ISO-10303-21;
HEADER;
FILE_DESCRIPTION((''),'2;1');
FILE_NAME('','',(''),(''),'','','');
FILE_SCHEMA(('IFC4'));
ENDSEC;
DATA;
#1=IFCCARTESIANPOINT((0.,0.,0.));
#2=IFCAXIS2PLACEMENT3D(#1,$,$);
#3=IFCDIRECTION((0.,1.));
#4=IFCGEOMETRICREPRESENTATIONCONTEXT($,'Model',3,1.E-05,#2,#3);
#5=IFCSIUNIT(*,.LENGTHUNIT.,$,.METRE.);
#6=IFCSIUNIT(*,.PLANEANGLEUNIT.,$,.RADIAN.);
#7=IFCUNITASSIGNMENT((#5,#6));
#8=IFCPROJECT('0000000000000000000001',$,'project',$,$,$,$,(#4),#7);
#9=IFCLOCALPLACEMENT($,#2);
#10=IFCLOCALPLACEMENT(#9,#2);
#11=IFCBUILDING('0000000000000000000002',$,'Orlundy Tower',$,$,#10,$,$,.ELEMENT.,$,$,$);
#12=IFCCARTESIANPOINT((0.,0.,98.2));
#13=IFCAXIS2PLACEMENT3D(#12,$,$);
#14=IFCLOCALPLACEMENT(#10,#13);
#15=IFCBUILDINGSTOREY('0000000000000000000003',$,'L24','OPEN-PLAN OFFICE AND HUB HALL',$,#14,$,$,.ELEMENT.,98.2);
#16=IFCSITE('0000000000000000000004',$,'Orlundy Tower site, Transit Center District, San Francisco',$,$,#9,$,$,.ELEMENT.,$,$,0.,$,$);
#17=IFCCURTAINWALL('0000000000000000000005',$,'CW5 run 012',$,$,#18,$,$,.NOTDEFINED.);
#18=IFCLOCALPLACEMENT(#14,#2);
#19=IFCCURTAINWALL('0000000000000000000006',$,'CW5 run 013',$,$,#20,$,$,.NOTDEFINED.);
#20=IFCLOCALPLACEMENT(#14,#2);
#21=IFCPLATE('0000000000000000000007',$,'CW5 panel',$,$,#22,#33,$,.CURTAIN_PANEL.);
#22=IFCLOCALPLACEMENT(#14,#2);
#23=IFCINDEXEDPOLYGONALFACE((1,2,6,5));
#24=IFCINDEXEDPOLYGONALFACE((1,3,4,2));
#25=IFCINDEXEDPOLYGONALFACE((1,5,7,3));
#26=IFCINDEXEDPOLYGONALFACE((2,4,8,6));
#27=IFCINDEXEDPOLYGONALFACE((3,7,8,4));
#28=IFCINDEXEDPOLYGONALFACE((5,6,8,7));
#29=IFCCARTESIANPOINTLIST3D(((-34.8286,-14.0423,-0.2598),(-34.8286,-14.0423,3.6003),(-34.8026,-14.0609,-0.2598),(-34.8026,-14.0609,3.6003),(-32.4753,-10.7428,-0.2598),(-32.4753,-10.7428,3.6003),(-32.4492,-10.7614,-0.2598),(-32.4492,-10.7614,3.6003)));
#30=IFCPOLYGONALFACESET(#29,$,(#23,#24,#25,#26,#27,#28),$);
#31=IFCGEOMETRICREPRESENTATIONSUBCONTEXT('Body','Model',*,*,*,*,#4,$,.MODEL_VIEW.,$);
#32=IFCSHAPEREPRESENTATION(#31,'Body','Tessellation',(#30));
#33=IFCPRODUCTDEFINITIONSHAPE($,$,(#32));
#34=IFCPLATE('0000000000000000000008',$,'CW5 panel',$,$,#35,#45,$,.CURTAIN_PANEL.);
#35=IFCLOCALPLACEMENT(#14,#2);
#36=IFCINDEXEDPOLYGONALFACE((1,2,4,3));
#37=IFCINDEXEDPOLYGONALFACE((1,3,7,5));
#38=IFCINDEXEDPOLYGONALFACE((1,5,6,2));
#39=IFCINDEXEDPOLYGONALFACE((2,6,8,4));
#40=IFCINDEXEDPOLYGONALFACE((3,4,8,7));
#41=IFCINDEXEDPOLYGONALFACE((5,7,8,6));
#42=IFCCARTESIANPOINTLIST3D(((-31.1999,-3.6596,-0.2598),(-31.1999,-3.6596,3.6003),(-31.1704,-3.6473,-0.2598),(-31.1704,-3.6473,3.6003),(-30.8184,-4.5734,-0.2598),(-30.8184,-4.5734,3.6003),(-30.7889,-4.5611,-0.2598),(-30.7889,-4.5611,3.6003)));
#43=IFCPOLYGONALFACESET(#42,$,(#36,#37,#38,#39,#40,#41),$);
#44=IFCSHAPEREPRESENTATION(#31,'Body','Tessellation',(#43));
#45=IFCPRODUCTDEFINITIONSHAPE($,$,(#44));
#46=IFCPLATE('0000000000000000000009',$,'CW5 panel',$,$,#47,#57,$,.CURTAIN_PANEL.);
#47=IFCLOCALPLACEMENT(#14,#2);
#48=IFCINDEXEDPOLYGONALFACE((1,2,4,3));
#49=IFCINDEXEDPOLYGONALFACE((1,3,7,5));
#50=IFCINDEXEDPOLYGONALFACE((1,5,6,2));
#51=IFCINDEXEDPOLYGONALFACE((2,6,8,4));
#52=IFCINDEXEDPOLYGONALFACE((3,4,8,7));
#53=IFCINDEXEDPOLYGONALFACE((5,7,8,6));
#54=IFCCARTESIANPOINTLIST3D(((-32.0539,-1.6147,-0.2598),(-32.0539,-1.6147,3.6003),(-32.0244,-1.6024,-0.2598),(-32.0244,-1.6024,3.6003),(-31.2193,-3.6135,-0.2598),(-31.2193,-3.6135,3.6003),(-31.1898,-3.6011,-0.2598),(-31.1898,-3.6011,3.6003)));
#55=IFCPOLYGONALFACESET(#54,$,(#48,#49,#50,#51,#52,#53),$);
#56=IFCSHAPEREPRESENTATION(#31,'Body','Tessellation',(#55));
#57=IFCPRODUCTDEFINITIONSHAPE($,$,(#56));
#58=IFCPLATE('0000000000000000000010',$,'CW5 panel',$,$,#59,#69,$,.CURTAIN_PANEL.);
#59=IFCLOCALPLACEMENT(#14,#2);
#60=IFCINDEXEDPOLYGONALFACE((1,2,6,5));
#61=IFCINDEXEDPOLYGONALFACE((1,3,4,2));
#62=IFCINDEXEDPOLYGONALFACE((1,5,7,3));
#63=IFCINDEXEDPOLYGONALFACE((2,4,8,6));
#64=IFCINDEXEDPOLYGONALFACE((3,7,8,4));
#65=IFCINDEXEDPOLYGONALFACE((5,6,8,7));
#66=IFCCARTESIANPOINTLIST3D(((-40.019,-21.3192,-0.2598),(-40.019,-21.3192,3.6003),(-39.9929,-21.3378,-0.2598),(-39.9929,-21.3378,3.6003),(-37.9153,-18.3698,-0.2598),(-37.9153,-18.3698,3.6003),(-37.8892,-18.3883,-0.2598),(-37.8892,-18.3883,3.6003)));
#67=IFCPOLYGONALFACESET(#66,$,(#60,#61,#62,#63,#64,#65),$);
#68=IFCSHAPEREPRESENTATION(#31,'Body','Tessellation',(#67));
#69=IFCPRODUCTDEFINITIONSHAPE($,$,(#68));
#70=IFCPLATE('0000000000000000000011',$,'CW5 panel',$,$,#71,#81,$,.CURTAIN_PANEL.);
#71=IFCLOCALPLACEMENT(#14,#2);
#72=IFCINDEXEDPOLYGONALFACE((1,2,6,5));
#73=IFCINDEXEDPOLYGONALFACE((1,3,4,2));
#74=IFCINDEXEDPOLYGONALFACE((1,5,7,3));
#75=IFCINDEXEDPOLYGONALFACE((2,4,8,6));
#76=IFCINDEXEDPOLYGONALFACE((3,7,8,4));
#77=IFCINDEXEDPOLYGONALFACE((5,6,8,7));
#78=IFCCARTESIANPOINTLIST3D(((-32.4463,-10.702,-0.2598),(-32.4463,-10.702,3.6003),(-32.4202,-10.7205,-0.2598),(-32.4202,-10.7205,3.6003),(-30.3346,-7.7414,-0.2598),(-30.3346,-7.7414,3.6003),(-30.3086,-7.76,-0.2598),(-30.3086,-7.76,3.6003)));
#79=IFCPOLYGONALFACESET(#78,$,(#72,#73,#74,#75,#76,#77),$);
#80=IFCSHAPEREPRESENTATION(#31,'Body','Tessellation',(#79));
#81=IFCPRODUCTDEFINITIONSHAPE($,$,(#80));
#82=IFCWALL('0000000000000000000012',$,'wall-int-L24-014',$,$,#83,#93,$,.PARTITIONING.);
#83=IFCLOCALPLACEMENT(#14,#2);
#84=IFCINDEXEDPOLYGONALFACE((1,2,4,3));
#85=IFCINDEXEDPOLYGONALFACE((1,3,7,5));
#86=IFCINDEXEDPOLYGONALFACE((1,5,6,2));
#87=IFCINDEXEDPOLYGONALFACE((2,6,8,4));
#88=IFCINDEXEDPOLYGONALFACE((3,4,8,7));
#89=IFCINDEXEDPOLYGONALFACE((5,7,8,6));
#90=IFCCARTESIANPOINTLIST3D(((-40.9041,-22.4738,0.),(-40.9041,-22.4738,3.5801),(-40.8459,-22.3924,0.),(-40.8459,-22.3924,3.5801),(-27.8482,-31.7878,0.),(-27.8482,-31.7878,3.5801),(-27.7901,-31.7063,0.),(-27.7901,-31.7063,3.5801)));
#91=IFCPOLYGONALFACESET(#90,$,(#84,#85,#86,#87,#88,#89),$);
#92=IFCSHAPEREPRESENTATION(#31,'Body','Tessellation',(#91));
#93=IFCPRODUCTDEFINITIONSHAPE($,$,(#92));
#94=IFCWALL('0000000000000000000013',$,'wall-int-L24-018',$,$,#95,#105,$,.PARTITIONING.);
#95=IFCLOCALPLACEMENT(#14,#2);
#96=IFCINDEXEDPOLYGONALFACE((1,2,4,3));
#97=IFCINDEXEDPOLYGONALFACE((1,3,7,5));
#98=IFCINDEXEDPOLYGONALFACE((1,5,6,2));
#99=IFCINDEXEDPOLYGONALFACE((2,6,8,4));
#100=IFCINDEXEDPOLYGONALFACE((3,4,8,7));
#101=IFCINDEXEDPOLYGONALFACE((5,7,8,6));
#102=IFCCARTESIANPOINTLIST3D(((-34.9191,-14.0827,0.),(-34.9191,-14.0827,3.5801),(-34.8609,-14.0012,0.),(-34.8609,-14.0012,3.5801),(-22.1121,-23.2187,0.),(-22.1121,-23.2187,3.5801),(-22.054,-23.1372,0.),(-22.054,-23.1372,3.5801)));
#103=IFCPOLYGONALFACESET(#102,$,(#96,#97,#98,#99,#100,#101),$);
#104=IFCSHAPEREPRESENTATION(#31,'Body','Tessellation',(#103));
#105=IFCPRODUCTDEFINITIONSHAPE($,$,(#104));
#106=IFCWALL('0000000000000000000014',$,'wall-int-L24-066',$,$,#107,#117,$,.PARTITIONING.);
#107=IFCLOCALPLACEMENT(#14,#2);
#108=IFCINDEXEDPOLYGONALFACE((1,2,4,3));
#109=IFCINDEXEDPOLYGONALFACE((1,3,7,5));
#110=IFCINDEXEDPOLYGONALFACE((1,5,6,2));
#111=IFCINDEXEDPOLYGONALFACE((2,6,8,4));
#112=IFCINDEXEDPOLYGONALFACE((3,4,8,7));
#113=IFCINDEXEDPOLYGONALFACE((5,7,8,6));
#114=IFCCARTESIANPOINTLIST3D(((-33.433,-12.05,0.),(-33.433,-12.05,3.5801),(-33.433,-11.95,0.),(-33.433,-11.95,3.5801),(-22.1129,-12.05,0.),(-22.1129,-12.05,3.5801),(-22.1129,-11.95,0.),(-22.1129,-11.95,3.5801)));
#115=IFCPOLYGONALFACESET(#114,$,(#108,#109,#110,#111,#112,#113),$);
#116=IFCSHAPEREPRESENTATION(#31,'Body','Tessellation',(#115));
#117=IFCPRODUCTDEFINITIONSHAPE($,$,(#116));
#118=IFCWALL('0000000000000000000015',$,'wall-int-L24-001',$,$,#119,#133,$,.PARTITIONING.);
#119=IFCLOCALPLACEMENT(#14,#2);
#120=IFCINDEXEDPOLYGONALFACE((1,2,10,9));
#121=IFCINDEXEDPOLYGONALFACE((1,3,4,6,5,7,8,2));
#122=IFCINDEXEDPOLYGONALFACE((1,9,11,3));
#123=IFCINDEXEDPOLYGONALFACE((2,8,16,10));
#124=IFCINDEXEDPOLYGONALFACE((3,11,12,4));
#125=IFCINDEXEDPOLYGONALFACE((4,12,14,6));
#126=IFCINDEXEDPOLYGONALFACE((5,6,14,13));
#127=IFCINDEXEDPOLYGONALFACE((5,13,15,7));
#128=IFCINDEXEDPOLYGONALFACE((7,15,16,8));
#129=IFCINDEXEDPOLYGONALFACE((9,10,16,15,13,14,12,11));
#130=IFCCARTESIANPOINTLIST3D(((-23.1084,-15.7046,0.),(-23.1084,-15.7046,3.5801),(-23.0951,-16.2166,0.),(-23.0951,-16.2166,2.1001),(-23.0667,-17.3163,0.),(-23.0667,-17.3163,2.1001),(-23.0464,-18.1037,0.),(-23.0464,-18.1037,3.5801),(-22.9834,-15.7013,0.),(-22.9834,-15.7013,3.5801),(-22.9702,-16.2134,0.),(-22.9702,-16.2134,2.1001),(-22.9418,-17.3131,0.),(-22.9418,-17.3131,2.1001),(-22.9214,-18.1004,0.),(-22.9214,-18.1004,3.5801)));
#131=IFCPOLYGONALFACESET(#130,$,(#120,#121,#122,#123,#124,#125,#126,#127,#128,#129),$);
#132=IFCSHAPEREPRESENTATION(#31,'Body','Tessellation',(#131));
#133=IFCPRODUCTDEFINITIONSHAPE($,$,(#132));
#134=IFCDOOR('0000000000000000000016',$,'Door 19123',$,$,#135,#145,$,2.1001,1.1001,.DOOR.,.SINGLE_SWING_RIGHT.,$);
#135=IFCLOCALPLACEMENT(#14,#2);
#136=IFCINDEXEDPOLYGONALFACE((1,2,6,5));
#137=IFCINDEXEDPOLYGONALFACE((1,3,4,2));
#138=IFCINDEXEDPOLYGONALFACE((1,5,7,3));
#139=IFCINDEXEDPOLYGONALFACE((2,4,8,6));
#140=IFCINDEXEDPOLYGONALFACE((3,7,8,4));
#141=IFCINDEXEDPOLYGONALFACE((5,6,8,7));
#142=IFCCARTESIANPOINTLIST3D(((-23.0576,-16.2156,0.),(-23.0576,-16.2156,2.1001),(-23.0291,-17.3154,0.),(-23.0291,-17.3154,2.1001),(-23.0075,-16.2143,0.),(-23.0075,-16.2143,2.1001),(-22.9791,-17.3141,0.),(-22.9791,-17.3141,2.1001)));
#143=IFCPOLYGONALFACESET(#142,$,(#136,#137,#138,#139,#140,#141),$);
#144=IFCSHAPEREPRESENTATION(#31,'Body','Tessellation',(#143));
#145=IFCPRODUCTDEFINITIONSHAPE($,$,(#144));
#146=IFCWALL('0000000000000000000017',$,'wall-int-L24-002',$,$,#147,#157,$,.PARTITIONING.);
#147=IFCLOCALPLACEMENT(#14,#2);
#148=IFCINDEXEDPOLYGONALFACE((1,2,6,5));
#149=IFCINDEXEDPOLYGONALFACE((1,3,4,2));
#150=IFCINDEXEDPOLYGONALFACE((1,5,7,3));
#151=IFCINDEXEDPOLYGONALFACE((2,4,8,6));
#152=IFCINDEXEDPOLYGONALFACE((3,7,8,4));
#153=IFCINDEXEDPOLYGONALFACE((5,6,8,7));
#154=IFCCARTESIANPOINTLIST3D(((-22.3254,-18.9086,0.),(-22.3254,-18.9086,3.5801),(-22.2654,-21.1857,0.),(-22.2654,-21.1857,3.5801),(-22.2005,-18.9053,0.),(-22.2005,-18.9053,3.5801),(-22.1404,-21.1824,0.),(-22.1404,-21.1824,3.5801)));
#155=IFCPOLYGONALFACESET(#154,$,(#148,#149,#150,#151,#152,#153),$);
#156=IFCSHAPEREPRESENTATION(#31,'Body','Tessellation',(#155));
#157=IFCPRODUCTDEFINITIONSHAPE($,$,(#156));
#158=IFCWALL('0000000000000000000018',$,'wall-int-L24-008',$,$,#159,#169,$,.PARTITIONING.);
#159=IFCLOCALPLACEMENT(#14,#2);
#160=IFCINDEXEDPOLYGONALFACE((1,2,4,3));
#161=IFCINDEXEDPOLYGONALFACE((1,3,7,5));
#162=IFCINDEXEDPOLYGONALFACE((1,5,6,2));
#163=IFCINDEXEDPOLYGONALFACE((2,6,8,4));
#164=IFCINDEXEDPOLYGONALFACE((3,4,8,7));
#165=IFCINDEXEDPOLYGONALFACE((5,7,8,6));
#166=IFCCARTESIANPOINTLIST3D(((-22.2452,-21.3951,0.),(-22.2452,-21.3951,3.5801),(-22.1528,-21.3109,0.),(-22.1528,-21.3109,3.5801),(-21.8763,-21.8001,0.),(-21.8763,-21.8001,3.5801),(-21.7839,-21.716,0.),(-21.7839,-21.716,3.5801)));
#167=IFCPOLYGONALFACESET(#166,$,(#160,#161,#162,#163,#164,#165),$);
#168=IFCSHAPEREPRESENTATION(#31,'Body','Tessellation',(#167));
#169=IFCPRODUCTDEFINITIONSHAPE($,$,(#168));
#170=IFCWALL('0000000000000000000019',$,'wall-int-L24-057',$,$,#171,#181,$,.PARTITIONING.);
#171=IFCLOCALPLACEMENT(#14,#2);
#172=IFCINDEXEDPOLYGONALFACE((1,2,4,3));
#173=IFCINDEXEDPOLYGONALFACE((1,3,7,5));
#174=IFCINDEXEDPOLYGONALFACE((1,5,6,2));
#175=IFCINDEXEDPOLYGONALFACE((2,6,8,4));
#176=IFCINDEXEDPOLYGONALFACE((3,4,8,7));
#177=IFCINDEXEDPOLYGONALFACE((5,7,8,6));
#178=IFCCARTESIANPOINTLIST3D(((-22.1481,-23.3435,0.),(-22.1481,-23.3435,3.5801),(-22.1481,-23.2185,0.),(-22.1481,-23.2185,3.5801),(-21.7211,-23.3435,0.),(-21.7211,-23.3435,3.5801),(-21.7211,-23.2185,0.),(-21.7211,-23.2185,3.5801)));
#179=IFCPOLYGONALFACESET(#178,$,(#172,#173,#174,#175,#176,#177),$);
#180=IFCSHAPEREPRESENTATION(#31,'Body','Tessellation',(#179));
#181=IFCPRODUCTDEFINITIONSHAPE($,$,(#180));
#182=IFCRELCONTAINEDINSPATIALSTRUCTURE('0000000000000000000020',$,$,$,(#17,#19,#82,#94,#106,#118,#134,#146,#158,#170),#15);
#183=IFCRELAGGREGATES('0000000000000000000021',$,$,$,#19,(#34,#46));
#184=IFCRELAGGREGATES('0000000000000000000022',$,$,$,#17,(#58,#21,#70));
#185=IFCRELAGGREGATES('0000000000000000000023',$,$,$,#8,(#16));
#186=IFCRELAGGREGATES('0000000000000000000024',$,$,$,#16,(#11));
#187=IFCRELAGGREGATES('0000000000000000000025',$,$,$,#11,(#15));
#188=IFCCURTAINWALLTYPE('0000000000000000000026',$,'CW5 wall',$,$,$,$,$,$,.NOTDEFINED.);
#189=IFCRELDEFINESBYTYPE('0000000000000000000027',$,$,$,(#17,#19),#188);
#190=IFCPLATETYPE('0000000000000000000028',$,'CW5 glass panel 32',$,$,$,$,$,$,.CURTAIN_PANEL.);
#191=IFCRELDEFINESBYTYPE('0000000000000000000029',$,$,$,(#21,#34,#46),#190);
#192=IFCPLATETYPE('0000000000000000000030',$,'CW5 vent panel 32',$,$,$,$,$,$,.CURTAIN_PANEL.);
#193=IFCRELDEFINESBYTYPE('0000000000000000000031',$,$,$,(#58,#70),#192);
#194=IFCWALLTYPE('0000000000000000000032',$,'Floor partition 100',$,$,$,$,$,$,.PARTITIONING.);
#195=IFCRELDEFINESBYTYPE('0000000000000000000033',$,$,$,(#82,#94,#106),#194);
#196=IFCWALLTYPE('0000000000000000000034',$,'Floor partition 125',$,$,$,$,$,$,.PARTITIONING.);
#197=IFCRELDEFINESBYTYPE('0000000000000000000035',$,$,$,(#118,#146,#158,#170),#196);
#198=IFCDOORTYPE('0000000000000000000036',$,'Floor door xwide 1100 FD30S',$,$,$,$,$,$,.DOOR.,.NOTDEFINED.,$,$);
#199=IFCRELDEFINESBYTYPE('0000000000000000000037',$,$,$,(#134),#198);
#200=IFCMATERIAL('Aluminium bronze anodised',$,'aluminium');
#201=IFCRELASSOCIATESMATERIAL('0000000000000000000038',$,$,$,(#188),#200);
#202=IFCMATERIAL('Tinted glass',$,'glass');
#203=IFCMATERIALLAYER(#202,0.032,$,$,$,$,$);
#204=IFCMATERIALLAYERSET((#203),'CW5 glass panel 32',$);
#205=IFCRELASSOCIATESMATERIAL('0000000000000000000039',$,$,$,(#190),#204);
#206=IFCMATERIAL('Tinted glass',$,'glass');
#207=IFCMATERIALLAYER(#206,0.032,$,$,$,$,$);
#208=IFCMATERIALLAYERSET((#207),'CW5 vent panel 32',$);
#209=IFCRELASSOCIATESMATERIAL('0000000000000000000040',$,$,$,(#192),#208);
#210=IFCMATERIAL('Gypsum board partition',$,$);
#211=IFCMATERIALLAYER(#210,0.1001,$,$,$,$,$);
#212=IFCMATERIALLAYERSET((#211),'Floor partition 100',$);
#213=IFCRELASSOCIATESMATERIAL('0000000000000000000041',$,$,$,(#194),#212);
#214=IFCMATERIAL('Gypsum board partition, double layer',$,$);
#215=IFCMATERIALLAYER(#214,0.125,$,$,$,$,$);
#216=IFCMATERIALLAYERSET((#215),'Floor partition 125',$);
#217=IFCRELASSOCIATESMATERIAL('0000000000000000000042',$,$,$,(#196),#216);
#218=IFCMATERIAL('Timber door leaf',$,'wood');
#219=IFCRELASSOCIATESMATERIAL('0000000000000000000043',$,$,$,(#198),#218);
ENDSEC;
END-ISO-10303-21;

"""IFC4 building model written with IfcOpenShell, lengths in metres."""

from ifc_helpers import new_model, si_unit, direction, frame, frame_2d, origin, origin_2d, place, context, subcontext, project, spatial, rectangle, extrude, material, layer, layer_set, type_object, element, fill, aggregate, save


model = new_model("IFC4")

# Units and contexts
model_context = context("Model", 3, precision=1e-05, world=origin(), true_north=direction((0.0, 1.0)))
body_context = subcontext(model_context, "Body", "Model", "MODEL_VIEW")
ifc_project = project(units=[si_unit("LENGTHUNIT", "METRE"), si_unit("PLANEANGLEUNIT", "RADIAN")], contexts=[model_context])

# Site, building, storey
site_placement = place(None, origin())
site = spatial("IfcSite", under=ifc_project, at=site_placement, Name="Orlundy Tower site, Transit Center District, San Francisco", CompositionType="ELEMENT", RefElevation=0.0)
building_placement = place(site_placement, origin())
building = spatial("IfcBuilding", under=site, at=building_placement, Name="Orlundy Tower", CompositionType="ELEMENT")
storey_placement = place(building_placement, frame((0.0, 0.0, 98.2)))
storey = spatial("IfcBuildingStorey", under=building, at=storey_placement, Name="L24", Description="OPEN-PLAN OFFICE AND HUB HALL", CompositionType="ELEMENT", Elevation=98.2)

# Curtain wall
ifc_material_1 = material(Name="Aluminium bronze anodised", Category="aluminium")
curtain_wall_type = type_object("IfcCurtainWallType", Name="CW5 wall", PredefinedType="NOTDEFINED", material=ifc_material_1)
curtain_wall_1_placement = place(storey_placement, origin())
curtain_wall_1 = element("IfcCurtainWall", 1, at=curtain_wall_1_placement, inside=storey, type_object=curtain_wall_type, Name="CW5 run 012", PredefinedType="NOTDEFINED")

# Curtain wall
curtain_wall_2_placement = place(storey_placement, origin())
curtain_wall_2 = element("IfcCurtainWall", 2, at=curtain_wall_2_placement, inside=storey, type_object=curtain_wall_type, Name="CW5 run 013", PredefinedType="NOTDEFINED")

# Plates
ifc_material_2 = material(Name="Tinted glass", Category="glass")
ifc_layer_1 = layer(ifc_material_2, 0.032)
ifc_layer_set_1 = layer_set([ifc_layer_1], Name="CW5 glass panel 32")
plate_type_1 = type_object("IfcPlateType", Name="CW5 glass panel 32", PredefinedType="CURTAIN_PANEL", material=ifc_layer_set_1)
plate_1_placement = place(storey_placement, frame((-33.6389, -12.4019, -0.2598), z_axis=(0.0, 0.0, 1.0), x_axis=(0.580683, 0.81413, 0.0)))
plate_1 = element("IfcPlate", 3, at=plate_1_placement, type_object=plate_type_1, Name="CW5 panel", PredefinedType="CURTAIN_PANEL", context=body_context, shape_type="SweptSolid", body=[
    extrude(rectangle(XDim=4.0527, YDim=0.032, at=origin_2d()), origin(), (0.0, 0.0, 1.0), 3.8601),
])
plate_2_placement = place(storey_placement, frame((-30.9944, -4.1104, -0.2598), z_axis=(0.0, 0.0, 1.0), x_axis=(-0.385305, 0.922789, 0.0)))
plate_2 = element("IfcPlate", 4, at=plate_2_placement, type_object=plate_type_1, Name="CW5 panel", PredefinedType="CURTAIN_PANEL", context=body_context, shape_type="SweptSolid", body=[
    extrude(rectangle(XDim=0.9902, YDim=0.032, at=origin_2d()), origin(), (0.0, 0.0, 1.0), 3.8601),
])
plate_3_placement = place(storey_placement, frame((-31.6218, -2.6079, -0.2598), z_axis=(0.0, 0.0, 1.0), x_axis=(-0.385305, 0.922789, 0.0)))
plate_3 = element("IfcPlate", 5, at=plate_3_placement, type_object=plate_type_1, Name="CW5 panel", PredefinedType="CURTAIN_PANEL", context=body_context, shape_type="SweptSolid", body=[
    extrude(rectangle(XDim=2.166, YDim=0.032, at=origin_2d()), origin(), (0.0, 0.0, 1.0), 3.8601),
])
aggregate(curtain_wall_2, [plate_2, plate_3])
ifc_material_3 = material(Name="Tinted glass", Category="glass")
ifc_layer_2 = layer(ifc_material_3, 0.032)
ifc_layer_set_2 = layer_set([ifc_layer_2], Name="CW5 vent panel 32")
plate_type_2 = type_object("IfcPlateType", Name="CW5 vent panel 32", PredefinedType="CURTAIN_PANEL", material=ifc_layer_set_2)
plate_4_placement = place(storey_placement, frame((-38.9541, -19.8538, -0.2598), z_axis=(0.0, 0.0, 1.0), x_axis=(0.580683, 0.81413, 0.0)))
plate_4 = element("IfcPlate", 6, at=plate_4_placement, type_object=plate_type_2, Name="CW5 panel", PredefinedType="CURTAIN_PANEL", context=body_context, shape_type="SweptSolid", body=[
    extrude(rectangle(XDim=3.6228, YDim=0.032, at=origin_2d()), origin(), (0.0, 0.0, 1.0), 3.8601),
])
plate_5_placement = place(storey_placement, frame((-31.3774, -9.231, -0.2598), z_axis=(0.0, 0.0, 1.0), x_axis=(0.580683, 0.81413, 0.0)))
plate_5 = element("IfcPlate", 7, at=plate_5_placement, type_object=plate_type_2, Name="CW5 panel", PredefinedType="CURTAIN_PANEL", context=body_context, shape_type="SweptSolid", body=[
    extrude(rectangle(XDim=3.6365, YDim=0.032, at=origin_2d()), origin(), (0.0, 0.0, 1.0), 3.8601),
])
aggregate(curtain_wall_1, [plate_4, plate_1, plate_5])

# Walls
ifc_material_4 = material(Name="Gypsum board partition")
ifc_layer_3 = layer(ifc_material_4, 0.1001)
ifc_layer_set_3 = layer_set([ifc_layer_3], Name="Floor partition 100")
wall_type_1 = type_object("IfcWallType", Name="Floor partition 100", PredefinedType="PARTITIONING", material=ifc_layer_set_3)
wall_1_placement = place(storey_placement, frame((-40.875, -22.4331, 0.0), z_axis=(0.0, 0.0, 1.0), x_axis=(0.814078, -0.580756, 0.0)))
element("IfcWall", 8, at=wall_1_placement, inside=storey, type_object=wall_type_1, Name="wall-int-L24-014", PredefinedType="PARTITIONING", context=body_context, shape_type="SweptSolid", body=[
    extrude(rectangle(XDim=16.0376, YDim=0.1001, at=frame_2d((8.0188, 0.0))), origin(), (0.0, 0.0, 1.0), 3.5801),
])
wall_2_placement = place(storey_placement, frame((-34.8899, -14.042, 0.0), z_axis=(0.0, 0.0, 1.0), x_axis=(0.814088, -0.580742, 0.0)))
element("IfcWall", 9, at=wall_2_placement, inside=storey, type_object=wall_type_1, Name="wall-int-L24-018", PredefinedType="PARTITIONING", context=body_context, shape_type="SweptSolid", body=[
    extrude(rectangle(XDim=15.7317, YDim=0.1001, at=frame_2d((7.8657, 0.0))), origin(), (0.0, 0.0, 1.0), 3.5801),
])
wall_3_placement = place(storey_placement, frame((-33.4331, -12.0, 0.0), z_axis=(0.0, 0.0, 1.0), x_axis=(1.0, 0.0, 0.0)))
element("IfcWall", 10, at=wall_3_placement, inside=storey, type_object=wall_type_1, Name="wall-int-L24-066", PredefinedType="PARTITIONING", context=body_context, shape_type="SweptSolid", body=[
    extrude(rectangle(XDim=11.3201, YDim=0.1001, at=frame_2d((5.6602, 0.0))), origin(), (0.0, 0.0, 1.0), 3.5801),
])

# Wall, opening, door
ifc_material_5 = material(Name="Gypsum board partition, double layer")
ifc_layer_4 = layer(ifc_material_5, 0.125)
ifc_layer_set_4 = layer_set([ifc_layer_4], Name="Floor partition 125")
wall_type_2 = type_object("IfcWallType", Name="Floor partition 125", PredefinedType="PARTITIONING", material=ifc_layer_set_4)
wall_4_placement = place(storey_placement, frame((-22.9839, -18.1021, 0.0), z_axis=(0.0, 0.0, 1.0), x_axis=(-0.025839, 0.999666, 0.0)))
wall_4 = element("IfcWall", 11, at=wall_4_placement, inside=storey, type_object=wall_type_2, Name="wall-int-L24-001", PredefinedType="PARTITIONING", context=body_context, shape_type="SweptSolid", body=[
    extrude(rectangle(XDim=2.3999, YDim=0.125, at=frame_2d((1.2, 0.0))), origin(), (0.0, 0.0, 1.0), 3.5801),
])
opening_placement = place(wall_4_placement, frame((0.7876, 0.0, 0.0)))
opening = element("IfcOpeningElement", 12, at=opening_placement, cuts=wall_4, PredefinedType="OPENING", context=body_context, shape_type="SweptSolid", body=[
    extrude(rectangle(XDim=1.1001, YDim=2.1001, at=frame_2d((0.55, 1.05))), frame((0.0, 0.0725, 0.0), z_axis=(0.0, -1.0, 0.0), x_axis=(1.0, 0.0, 0.0)), (0.0, 0.0, 1.0), 0.145),
])
ifc_material_6 = material(Name="Timber door leaf", Category="wood")
door_type = type_object("IfcDoorType", Name="Floor door xwide 1100 FD30S", OperationType="NOTDEFINED", PredefinedType="DOOR", material=ifc_material_6)
door_placement = place(opening_placement, origin())
door = element("IfcDoor", 13, at=door_placement, inside=storey, type_object=door_type, Name="Door 19123", OperationType="SINGLE_SWING_RIGHT", OverallHeight=2.1001, OverallWidth=1.1001, PredefinedType="DOOR", context=body_context, shape_type="SweptSolid", body=[
    extrude(rectangle(XDim=1.1001, YDim=2.1001, at=frame_2d((0.55, 1.05))), frame((0.0, 0.0249, 0.0), z_axis=(0.0, -1.0, 0.0), x_axis=(1.0, 0.0, 0.0)), (0.0, 0.0, 1.0), 0.05),
])
fill(opening, door)

# Walls
wall_5_placement = place(storey_placement, frame((-22.2629, -18.907, 0.0), z_axis=(0.0, 0.0, 1.0), x_axis=(0.026366, -0.999652, 0.0)))
element("IfcWall", 14, at=wall_5_placement, inside=storey, type_object=wall_type_2, Name="wall-int-L24-002", PredefinedType="PARTITIONING", context=body_context, shape_type="SweptSolid", body=[
    extrude(rectangle(XDim=2.2778, YDim=0.125, at=frame_2d((1.1389, 0.0))), origin(), (0.0, 0.0, 1.0), 3.5801),
])
wall_6_placement = place(storey_placement, frame((-22.199, -21.353, 0.0), z_axis=(0.0, 0.0, 1.0), x_axis=(0.67336, -0.739315, 0.0)))
element("IfcWall", 15, at=wall_6_placement, inside=storey, type_object=wall_type_2, Name="wall-int-L24-008", PredefinedType="PARTITIONING", context=body_context, shape_type="SweptSolid", body=[
    extrude(rectangle(XDim=0.5479, YDim=0.125, at=frame_2d((0.2739, 0.0))), origin(), (0.0, 0.0, 1.0), 3.5801),
])
wall_7_placement = place(storey_placement, frame((-22.1479, -23.281, 0.0), z_axis=(0.0, 0.0, 1.0), x_axis=(1.0, 0.0, 0.0)))
element("IfcWall", 16, at=wall_7_placement, inside=storey, type_object=wall_type_2, Name="wall-int-L24-057", PredefinedType="PARTITIONING", context=body_context, shape_type="SweptSolid", body=[
    extrude(rectangle(XDim=0.427, YDim=0.125, at=frame_2d((0.2134, 0.0))), origin(), (0.0, 0.0, 1.0), 3.5801),
])

save(model, "model.ifc")
